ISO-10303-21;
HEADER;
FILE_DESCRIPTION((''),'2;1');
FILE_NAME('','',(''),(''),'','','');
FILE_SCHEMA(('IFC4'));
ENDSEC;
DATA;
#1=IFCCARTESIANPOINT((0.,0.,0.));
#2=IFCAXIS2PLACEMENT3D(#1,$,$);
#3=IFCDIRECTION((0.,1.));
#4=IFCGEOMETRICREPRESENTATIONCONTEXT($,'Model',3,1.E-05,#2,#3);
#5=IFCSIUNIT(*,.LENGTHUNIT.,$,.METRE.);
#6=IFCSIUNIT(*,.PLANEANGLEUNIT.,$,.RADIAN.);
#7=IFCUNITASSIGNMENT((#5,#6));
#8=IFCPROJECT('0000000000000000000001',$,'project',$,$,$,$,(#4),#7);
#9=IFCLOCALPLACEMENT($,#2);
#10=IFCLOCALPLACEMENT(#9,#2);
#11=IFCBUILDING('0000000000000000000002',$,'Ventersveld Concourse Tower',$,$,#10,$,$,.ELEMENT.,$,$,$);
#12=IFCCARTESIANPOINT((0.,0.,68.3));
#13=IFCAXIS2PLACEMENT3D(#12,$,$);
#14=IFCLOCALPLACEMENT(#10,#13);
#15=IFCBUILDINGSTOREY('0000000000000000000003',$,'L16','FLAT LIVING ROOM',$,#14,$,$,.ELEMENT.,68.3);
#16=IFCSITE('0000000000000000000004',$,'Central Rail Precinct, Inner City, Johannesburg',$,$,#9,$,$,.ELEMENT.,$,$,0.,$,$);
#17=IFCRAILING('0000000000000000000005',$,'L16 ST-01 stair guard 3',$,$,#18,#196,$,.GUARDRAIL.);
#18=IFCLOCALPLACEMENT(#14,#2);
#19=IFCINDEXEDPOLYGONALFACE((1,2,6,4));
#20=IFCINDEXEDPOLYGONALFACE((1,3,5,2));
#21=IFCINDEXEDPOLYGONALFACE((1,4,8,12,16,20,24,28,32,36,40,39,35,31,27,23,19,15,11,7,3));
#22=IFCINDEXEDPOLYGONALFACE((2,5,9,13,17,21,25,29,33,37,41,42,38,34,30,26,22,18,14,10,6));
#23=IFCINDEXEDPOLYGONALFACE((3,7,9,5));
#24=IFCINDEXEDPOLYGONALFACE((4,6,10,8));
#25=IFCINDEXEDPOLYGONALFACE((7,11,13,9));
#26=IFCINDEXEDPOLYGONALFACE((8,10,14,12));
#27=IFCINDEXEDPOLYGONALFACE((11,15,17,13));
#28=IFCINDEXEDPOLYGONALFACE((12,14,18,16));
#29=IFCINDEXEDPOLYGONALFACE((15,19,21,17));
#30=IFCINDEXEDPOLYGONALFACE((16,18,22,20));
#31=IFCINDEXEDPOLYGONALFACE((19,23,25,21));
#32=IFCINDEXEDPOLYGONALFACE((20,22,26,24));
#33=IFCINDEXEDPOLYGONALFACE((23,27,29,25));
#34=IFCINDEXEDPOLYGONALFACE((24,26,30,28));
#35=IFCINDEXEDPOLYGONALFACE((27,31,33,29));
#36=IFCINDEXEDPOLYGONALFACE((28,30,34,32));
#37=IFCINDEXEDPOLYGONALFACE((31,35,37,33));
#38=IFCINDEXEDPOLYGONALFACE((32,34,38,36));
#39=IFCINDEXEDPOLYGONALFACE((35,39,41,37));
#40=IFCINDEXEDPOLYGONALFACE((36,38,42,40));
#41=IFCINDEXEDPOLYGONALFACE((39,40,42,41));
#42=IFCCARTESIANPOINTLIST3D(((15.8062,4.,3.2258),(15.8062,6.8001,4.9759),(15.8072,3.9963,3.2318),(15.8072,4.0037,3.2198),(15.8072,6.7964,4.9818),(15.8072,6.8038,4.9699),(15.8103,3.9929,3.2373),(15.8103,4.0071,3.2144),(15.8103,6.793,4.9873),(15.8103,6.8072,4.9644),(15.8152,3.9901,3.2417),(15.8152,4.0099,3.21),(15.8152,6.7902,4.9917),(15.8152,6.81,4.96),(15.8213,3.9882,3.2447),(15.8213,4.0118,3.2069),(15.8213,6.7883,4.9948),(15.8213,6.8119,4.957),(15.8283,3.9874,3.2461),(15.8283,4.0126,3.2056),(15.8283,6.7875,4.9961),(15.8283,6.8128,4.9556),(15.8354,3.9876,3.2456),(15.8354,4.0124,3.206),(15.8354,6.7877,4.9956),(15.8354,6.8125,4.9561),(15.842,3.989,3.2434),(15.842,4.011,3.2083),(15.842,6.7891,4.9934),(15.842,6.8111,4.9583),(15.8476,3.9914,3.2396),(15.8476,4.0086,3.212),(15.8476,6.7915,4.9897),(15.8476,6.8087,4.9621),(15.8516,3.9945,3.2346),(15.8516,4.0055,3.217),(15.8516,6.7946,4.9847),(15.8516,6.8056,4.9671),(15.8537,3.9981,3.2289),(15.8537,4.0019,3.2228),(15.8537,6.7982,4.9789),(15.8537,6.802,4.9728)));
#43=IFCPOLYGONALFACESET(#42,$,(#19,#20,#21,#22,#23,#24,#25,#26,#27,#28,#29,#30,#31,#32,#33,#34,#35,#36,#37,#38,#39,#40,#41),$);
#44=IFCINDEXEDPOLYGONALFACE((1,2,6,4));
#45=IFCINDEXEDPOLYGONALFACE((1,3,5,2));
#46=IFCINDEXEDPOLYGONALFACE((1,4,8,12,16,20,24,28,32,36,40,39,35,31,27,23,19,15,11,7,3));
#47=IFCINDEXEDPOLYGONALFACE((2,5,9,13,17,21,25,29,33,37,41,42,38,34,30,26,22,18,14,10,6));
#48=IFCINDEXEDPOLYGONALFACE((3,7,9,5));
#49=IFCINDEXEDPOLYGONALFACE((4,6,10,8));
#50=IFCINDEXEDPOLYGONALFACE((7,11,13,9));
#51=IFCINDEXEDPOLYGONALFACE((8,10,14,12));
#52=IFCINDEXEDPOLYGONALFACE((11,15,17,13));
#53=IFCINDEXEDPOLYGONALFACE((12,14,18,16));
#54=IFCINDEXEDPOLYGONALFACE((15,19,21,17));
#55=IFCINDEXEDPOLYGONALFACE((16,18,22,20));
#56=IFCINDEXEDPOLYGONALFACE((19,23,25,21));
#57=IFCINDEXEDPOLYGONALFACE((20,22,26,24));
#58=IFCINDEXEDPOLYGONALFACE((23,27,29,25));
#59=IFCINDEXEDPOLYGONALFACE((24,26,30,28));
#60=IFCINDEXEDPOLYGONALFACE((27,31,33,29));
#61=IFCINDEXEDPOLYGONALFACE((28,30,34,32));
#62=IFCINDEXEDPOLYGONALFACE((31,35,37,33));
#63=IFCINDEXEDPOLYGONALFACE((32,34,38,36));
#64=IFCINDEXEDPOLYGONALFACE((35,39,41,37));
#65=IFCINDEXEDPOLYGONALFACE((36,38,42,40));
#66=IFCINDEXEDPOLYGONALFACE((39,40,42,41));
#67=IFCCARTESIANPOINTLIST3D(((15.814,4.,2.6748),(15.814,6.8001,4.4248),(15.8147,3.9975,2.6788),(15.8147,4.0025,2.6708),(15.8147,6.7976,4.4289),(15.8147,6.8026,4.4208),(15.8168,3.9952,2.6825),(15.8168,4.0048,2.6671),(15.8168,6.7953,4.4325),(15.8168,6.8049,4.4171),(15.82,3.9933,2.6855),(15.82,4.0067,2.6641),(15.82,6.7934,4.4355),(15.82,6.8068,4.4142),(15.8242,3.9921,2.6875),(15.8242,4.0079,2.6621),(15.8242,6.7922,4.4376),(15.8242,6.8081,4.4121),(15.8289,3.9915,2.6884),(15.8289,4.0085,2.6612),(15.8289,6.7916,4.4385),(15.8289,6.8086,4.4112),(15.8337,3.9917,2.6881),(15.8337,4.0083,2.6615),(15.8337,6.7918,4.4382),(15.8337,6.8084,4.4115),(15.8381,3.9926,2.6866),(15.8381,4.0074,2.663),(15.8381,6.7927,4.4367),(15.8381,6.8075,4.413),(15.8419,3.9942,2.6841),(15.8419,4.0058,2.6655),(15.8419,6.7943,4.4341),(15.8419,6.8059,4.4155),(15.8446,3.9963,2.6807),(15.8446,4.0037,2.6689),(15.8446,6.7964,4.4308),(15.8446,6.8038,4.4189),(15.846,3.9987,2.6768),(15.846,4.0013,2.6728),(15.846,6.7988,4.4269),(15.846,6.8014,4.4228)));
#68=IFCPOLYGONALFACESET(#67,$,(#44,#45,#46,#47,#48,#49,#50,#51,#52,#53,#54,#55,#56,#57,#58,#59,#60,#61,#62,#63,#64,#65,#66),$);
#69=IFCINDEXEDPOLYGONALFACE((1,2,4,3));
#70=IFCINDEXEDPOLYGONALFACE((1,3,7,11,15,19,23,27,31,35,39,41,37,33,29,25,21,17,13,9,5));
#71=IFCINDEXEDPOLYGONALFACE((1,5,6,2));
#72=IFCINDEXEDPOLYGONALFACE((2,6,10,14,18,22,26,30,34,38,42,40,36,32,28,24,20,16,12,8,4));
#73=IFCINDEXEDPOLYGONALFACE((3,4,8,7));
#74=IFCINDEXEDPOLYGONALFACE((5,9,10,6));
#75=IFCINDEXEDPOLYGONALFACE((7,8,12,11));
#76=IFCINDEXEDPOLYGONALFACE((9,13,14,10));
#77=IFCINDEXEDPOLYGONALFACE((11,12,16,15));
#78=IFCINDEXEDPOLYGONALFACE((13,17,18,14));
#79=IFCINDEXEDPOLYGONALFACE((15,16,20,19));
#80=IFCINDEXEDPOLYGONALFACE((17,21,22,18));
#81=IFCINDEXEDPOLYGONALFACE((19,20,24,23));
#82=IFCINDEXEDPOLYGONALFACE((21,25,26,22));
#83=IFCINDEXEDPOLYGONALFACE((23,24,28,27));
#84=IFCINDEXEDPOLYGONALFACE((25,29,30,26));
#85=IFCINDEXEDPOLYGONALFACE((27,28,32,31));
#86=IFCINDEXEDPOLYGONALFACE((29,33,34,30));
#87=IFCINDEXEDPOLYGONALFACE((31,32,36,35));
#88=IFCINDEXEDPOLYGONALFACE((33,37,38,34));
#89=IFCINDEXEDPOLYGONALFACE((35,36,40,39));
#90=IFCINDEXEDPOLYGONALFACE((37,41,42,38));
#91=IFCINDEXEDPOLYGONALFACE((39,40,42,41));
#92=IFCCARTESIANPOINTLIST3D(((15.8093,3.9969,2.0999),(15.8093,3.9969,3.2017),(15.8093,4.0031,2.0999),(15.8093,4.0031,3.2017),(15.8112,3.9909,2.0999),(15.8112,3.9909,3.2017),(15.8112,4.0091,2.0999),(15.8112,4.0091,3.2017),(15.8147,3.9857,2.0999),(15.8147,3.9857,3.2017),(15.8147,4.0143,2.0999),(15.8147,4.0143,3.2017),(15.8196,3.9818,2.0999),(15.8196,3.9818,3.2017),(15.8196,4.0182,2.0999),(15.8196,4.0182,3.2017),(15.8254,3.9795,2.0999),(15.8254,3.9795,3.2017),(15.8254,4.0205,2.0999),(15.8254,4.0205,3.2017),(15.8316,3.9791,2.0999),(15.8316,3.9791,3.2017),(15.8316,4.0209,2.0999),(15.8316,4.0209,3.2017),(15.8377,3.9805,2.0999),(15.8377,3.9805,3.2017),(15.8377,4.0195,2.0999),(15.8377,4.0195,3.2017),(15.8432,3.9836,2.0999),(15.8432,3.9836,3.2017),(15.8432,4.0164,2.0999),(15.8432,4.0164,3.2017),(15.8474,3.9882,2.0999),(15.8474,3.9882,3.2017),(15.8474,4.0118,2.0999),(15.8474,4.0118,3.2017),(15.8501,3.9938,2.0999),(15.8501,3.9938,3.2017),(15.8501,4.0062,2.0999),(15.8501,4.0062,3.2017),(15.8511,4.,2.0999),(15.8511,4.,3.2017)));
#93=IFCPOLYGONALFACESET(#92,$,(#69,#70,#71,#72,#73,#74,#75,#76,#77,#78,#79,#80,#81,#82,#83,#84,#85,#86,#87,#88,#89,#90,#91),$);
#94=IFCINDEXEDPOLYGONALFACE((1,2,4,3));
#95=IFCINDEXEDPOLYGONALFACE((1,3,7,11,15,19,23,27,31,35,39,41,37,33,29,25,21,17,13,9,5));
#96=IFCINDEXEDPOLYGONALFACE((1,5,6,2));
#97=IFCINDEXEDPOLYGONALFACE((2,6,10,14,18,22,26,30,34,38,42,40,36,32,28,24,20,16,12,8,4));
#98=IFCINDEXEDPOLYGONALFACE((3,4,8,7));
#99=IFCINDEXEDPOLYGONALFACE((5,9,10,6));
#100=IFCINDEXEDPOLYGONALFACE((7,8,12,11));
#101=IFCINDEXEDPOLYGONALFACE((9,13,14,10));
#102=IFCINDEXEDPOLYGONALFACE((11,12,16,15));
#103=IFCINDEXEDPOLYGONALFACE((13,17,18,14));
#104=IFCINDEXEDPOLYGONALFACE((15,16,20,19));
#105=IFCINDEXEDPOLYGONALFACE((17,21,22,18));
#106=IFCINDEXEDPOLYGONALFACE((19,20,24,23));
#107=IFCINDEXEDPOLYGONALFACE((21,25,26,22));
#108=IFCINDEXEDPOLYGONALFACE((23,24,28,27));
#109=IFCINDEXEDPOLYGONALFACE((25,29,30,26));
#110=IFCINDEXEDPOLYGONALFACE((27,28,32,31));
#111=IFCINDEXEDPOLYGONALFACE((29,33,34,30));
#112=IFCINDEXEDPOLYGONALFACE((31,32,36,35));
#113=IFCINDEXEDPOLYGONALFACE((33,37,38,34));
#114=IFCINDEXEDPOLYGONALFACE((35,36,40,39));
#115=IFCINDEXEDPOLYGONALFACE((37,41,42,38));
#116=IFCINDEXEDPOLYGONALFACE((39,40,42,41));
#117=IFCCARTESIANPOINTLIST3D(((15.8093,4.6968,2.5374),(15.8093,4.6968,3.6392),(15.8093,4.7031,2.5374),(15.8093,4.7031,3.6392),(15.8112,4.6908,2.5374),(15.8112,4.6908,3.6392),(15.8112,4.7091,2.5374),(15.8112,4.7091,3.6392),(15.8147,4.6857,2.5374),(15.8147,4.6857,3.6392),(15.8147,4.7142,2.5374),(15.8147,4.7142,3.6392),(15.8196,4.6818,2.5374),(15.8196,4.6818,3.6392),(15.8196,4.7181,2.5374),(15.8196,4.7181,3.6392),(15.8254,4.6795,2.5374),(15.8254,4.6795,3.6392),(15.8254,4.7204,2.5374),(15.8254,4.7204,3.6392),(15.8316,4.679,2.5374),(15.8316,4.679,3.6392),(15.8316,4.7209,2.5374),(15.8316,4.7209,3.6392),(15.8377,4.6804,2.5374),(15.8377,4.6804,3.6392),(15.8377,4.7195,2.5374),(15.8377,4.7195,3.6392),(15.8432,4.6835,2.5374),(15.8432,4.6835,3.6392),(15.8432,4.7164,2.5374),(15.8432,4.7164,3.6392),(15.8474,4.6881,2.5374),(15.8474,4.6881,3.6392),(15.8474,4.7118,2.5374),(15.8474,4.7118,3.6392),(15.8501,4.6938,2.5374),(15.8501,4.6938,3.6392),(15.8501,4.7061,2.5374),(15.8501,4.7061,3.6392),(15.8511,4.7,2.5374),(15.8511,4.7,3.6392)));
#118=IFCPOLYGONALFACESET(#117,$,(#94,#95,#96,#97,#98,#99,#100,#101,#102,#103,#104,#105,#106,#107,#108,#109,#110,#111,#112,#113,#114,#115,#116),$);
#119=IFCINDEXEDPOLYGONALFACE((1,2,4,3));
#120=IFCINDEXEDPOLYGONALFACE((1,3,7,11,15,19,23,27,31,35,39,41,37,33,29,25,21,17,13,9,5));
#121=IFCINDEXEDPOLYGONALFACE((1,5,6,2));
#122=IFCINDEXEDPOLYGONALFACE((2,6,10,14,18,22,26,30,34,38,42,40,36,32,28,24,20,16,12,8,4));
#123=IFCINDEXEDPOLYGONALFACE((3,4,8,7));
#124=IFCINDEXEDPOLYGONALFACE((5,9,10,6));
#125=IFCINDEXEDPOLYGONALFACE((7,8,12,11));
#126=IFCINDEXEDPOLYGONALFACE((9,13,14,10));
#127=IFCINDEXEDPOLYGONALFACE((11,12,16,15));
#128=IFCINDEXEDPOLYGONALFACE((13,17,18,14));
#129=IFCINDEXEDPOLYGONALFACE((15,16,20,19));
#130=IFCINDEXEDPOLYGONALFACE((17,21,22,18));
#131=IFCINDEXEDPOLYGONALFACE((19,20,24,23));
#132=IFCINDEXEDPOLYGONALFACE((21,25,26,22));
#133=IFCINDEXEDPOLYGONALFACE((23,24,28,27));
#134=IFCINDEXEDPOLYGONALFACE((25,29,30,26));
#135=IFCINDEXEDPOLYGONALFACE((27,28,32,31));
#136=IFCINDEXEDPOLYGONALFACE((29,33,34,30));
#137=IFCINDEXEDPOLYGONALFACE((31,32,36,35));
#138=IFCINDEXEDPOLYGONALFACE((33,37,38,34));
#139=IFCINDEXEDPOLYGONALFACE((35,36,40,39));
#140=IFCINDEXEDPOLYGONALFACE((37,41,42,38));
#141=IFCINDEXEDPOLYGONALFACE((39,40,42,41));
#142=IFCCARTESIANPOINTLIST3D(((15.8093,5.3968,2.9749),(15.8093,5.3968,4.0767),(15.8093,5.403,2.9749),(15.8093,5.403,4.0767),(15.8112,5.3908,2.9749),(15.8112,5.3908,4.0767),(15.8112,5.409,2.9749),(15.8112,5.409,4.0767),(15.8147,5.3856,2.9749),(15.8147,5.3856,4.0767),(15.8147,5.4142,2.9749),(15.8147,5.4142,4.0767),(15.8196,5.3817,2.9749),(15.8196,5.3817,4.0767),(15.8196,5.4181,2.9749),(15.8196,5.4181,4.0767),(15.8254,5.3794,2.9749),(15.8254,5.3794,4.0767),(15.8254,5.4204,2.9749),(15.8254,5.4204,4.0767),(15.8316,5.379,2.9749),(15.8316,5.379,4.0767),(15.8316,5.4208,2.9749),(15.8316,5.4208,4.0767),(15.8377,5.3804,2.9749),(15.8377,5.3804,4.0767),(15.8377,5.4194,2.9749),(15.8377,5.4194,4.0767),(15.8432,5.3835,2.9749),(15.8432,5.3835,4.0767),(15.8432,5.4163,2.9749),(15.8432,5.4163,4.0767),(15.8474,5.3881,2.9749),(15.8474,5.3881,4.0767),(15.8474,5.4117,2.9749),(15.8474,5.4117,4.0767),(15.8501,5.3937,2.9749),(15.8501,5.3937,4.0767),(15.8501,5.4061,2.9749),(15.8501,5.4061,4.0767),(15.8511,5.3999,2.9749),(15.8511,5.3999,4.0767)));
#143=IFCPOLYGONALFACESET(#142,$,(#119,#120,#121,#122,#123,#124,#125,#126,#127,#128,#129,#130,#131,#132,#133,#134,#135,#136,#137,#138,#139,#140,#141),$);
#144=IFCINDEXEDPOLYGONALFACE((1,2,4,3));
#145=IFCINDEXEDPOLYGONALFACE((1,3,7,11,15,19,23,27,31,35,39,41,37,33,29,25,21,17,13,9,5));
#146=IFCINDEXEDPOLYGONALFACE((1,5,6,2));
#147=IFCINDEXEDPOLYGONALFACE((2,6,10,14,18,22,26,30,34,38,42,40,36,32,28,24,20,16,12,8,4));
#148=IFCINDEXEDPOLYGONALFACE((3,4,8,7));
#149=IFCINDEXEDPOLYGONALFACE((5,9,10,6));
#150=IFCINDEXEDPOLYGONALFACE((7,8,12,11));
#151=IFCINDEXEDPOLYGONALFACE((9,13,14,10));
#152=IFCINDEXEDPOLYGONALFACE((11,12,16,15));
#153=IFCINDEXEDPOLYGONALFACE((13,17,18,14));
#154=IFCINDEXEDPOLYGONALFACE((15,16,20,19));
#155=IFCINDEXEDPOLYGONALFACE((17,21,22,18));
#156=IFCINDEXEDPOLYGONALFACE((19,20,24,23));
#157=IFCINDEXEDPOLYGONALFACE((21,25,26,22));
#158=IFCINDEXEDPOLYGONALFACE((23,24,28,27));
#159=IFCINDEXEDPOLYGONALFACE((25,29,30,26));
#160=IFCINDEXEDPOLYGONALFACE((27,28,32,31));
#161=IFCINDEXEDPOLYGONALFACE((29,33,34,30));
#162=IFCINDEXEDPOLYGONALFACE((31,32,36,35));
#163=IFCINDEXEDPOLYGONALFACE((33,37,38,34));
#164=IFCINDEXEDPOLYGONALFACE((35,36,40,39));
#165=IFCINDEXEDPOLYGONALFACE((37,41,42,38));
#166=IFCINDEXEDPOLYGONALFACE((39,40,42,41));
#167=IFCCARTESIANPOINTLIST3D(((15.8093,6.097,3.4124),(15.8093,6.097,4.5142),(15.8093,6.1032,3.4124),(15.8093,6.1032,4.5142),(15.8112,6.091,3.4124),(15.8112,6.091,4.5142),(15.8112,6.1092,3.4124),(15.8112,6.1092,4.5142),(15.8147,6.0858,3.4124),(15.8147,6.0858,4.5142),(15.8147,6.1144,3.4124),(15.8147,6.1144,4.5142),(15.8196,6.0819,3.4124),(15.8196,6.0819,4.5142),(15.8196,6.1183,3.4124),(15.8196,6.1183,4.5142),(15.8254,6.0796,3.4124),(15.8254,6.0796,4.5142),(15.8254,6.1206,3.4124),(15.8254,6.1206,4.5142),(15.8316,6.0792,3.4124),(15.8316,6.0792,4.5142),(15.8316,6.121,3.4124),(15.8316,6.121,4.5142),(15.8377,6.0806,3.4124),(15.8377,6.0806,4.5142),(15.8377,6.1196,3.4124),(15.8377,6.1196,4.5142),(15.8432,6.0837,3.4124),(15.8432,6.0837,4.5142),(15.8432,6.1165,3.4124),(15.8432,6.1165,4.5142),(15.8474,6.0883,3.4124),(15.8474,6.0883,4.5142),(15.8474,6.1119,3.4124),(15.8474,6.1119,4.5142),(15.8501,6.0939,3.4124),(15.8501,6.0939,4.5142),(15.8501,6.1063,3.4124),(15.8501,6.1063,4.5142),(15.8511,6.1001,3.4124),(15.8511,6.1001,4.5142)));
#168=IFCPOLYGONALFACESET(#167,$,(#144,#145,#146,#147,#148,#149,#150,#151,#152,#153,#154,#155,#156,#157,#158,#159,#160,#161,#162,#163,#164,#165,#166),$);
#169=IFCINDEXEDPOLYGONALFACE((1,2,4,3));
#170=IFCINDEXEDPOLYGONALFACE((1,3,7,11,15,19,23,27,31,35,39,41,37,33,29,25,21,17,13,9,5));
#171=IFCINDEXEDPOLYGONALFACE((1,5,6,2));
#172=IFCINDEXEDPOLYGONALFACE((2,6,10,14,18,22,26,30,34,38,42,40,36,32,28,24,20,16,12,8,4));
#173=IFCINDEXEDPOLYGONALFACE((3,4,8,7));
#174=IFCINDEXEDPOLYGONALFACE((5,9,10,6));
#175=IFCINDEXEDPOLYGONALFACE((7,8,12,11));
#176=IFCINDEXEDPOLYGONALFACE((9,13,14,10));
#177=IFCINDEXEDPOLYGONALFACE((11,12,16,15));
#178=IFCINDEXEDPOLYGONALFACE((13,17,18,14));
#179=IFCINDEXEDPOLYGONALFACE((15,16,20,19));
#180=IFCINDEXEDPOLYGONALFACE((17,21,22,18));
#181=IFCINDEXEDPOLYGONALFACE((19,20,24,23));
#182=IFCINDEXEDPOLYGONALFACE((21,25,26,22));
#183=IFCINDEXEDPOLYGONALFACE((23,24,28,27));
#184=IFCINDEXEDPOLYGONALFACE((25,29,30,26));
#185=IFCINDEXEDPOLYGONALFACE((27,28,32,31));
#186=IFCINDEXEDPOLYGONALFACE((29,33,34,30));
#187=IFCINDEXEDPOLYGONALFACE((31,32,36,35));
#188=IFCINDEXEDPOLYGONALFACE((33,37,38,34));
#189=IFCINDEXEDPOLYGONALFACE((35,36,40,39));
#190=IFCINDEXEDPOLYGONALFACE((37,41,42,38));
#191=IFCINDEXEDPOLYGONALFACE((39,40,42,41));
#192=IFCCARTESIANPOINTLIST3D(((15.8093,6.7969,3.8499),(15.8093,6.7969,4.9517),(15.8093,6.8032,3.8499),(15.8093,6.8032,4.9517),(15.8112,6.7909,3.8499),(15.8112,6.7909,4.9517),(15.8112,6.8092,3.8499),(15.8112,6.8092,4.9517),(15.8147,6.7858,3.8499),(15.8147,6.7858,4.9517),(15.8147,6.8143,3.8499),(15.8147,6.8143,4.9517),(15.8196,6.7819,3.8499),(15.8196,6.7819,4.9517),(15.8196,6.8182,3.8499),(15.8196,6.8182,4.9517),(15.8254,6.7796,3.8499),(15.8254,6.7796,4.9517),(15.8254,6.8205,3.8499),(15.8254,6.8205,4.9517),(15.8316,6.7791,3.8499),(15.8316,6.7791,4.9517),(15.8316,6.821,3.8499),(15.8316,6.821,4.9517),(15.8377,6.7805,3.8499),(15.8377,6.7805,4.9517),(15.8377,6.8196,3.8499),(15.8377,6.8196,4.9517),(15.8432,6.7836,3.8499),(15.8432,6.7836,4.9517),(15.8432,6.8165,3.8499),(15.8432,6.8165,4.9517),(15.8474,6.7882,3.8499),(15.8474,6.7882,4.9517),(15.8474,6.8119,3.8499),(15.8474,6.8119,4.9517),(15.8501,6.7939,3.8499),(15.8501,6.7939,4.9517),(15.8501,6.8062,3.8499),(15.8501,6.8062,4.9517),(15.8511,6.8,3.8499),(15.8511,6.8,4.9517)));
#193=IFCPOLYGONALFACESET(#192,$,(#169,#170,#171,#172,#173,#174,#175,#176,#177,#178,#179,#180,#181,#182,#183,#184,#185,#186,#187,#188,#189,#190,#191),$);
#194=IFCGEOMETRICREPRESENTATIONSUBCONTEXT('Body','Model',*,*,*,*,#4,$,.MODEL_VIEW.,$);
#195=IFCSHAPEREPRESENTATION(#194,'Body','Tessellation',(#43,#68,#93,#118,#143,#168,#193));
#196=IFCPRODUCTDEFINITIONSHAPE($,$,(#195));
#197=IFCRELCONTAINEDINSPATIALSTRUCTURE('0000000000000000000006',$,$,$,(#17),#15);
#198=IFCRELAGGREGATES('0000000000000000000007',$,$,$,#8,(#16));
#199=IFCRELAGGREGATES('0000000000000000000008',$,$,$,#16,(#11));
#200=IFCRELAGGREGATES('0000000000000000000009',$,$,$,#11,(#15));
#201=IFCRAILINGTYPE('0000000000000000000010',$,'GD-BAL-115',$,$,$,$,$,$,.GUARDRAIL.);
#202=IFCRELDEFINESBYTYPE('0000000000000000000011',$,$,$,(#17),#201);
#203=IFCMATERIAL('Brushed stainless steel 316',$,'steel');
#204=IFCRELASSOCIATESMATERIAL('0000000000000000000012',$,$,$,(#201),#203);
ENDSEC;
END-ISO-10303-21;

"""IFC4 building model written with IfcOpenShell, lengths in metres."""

from ifc_helpers import new_model, si_unit, direction, frame, origin, origin_2d, place, context, subcontext, project, spatial, circle, extrude, material, type_object, element, save


model = new_model("IFC4")

# Units and contexts
model_context = context("Model", 3, precision=1e-05, world=origin(), true_north=direction((0.0, 1.0)))
body_context = subcontext(model_context, "Body", "Model", "MODEL_VIEW")
ifc_project = project(units=[si_unit("LENGTHUNIT", "METRE"), si_unit("PLANEANGLEUNIT", "RADIAN")], contexts=[model_context])

# Site, building, storey
site_placement = place(None, origin())
site = spatial("IfcSite", under=ifc_project, at=site_placement, Name="Central Rail Precinct, Inner City, Johannesburg", CompositionType="ELEMENT", RefElevation=0.0)
building_placement = place(site_placement, origin())
building = spatial("IfcBuilding", under=site, at=building_placement, Name="Ventersveld Concourse Tower", CompositionType="ELEMENT")
storey_placement = place(building_placement, frame((0.0, 0.0, 68.3)))
storey = spatial("IfcBuildingStorey", under=building, at=storey_placement, Name="L16", Description="FLAT LIVING ROOM", CompositionType="ELEMENT", Elevation=68.3)

# Shared definitions
ifc_material_1 = material(Name="Brushed stainless steel 316", Category="steel")

# Railing
railing_type_1 = type_object("IfcRailingType", Name="GD-BAL-115", PredefinedType="GUARDRAIL", material=ifc_material_1)
railing_1_placement = place(storey_placement, frame((15.8301, 4.0, 2.0999)))
element("IfcRailing", 1, at=railing_1_placement, inside=storey, type_object=railing_type_1, Name="L16 ST-01 stair guard 3", PredefinedType="GUARDRAIL", context=body_context, shape_type="SweptSolid", body=[
    extrude(circle(Radius=0.0239, at=origin_2d()), frame((0.0, 0.0, 1.126), z_axis=(0.0, 0.848002, 0.529992), x_axis=(-1.0, 0.0, 0.0)), (0.0, 0.0, 1.0), 3.302),
    extrude(circle(Radius=0.0161, at=origin_2d()), frame((0.0, 0.0, 0.575), z_axis=(0.0, 0.848002, 0.529992), x_axis=(-1.0, 0.0, 0.0)), (0.0, 0.0, 1.0), 3.302),
    extrude(circle(Radius=0.021, at=origin_2d()), origin(), (0.0, 0.0, 1.0), 1.1018),
    extrude(circle(Radius=0.021, at=origin_2d()), frame((0.0, 0.7, 0.4375)), (0.0, 0.0, 1.0), 1.1018),
    extrude(circle(Radius=0.021, at=origin_2d()), frame((0.0, 1.3999, 0.875)), (0.0, 0.0, 1.0), 1.1018),
    extrude(circle(Radius=0.021, at=origin_2d()), frame((0.0, 2.1001, 1.3125)), (0.0, 0.0, 1.0), 1.1018),
    extrude(circle(Radius=0.021, at=origin_2d()), frame((0.0, 2.8, 1.75)), (0.0, 0.0, 1.0), 1.1018),
])

save(model, "model.ifc")
